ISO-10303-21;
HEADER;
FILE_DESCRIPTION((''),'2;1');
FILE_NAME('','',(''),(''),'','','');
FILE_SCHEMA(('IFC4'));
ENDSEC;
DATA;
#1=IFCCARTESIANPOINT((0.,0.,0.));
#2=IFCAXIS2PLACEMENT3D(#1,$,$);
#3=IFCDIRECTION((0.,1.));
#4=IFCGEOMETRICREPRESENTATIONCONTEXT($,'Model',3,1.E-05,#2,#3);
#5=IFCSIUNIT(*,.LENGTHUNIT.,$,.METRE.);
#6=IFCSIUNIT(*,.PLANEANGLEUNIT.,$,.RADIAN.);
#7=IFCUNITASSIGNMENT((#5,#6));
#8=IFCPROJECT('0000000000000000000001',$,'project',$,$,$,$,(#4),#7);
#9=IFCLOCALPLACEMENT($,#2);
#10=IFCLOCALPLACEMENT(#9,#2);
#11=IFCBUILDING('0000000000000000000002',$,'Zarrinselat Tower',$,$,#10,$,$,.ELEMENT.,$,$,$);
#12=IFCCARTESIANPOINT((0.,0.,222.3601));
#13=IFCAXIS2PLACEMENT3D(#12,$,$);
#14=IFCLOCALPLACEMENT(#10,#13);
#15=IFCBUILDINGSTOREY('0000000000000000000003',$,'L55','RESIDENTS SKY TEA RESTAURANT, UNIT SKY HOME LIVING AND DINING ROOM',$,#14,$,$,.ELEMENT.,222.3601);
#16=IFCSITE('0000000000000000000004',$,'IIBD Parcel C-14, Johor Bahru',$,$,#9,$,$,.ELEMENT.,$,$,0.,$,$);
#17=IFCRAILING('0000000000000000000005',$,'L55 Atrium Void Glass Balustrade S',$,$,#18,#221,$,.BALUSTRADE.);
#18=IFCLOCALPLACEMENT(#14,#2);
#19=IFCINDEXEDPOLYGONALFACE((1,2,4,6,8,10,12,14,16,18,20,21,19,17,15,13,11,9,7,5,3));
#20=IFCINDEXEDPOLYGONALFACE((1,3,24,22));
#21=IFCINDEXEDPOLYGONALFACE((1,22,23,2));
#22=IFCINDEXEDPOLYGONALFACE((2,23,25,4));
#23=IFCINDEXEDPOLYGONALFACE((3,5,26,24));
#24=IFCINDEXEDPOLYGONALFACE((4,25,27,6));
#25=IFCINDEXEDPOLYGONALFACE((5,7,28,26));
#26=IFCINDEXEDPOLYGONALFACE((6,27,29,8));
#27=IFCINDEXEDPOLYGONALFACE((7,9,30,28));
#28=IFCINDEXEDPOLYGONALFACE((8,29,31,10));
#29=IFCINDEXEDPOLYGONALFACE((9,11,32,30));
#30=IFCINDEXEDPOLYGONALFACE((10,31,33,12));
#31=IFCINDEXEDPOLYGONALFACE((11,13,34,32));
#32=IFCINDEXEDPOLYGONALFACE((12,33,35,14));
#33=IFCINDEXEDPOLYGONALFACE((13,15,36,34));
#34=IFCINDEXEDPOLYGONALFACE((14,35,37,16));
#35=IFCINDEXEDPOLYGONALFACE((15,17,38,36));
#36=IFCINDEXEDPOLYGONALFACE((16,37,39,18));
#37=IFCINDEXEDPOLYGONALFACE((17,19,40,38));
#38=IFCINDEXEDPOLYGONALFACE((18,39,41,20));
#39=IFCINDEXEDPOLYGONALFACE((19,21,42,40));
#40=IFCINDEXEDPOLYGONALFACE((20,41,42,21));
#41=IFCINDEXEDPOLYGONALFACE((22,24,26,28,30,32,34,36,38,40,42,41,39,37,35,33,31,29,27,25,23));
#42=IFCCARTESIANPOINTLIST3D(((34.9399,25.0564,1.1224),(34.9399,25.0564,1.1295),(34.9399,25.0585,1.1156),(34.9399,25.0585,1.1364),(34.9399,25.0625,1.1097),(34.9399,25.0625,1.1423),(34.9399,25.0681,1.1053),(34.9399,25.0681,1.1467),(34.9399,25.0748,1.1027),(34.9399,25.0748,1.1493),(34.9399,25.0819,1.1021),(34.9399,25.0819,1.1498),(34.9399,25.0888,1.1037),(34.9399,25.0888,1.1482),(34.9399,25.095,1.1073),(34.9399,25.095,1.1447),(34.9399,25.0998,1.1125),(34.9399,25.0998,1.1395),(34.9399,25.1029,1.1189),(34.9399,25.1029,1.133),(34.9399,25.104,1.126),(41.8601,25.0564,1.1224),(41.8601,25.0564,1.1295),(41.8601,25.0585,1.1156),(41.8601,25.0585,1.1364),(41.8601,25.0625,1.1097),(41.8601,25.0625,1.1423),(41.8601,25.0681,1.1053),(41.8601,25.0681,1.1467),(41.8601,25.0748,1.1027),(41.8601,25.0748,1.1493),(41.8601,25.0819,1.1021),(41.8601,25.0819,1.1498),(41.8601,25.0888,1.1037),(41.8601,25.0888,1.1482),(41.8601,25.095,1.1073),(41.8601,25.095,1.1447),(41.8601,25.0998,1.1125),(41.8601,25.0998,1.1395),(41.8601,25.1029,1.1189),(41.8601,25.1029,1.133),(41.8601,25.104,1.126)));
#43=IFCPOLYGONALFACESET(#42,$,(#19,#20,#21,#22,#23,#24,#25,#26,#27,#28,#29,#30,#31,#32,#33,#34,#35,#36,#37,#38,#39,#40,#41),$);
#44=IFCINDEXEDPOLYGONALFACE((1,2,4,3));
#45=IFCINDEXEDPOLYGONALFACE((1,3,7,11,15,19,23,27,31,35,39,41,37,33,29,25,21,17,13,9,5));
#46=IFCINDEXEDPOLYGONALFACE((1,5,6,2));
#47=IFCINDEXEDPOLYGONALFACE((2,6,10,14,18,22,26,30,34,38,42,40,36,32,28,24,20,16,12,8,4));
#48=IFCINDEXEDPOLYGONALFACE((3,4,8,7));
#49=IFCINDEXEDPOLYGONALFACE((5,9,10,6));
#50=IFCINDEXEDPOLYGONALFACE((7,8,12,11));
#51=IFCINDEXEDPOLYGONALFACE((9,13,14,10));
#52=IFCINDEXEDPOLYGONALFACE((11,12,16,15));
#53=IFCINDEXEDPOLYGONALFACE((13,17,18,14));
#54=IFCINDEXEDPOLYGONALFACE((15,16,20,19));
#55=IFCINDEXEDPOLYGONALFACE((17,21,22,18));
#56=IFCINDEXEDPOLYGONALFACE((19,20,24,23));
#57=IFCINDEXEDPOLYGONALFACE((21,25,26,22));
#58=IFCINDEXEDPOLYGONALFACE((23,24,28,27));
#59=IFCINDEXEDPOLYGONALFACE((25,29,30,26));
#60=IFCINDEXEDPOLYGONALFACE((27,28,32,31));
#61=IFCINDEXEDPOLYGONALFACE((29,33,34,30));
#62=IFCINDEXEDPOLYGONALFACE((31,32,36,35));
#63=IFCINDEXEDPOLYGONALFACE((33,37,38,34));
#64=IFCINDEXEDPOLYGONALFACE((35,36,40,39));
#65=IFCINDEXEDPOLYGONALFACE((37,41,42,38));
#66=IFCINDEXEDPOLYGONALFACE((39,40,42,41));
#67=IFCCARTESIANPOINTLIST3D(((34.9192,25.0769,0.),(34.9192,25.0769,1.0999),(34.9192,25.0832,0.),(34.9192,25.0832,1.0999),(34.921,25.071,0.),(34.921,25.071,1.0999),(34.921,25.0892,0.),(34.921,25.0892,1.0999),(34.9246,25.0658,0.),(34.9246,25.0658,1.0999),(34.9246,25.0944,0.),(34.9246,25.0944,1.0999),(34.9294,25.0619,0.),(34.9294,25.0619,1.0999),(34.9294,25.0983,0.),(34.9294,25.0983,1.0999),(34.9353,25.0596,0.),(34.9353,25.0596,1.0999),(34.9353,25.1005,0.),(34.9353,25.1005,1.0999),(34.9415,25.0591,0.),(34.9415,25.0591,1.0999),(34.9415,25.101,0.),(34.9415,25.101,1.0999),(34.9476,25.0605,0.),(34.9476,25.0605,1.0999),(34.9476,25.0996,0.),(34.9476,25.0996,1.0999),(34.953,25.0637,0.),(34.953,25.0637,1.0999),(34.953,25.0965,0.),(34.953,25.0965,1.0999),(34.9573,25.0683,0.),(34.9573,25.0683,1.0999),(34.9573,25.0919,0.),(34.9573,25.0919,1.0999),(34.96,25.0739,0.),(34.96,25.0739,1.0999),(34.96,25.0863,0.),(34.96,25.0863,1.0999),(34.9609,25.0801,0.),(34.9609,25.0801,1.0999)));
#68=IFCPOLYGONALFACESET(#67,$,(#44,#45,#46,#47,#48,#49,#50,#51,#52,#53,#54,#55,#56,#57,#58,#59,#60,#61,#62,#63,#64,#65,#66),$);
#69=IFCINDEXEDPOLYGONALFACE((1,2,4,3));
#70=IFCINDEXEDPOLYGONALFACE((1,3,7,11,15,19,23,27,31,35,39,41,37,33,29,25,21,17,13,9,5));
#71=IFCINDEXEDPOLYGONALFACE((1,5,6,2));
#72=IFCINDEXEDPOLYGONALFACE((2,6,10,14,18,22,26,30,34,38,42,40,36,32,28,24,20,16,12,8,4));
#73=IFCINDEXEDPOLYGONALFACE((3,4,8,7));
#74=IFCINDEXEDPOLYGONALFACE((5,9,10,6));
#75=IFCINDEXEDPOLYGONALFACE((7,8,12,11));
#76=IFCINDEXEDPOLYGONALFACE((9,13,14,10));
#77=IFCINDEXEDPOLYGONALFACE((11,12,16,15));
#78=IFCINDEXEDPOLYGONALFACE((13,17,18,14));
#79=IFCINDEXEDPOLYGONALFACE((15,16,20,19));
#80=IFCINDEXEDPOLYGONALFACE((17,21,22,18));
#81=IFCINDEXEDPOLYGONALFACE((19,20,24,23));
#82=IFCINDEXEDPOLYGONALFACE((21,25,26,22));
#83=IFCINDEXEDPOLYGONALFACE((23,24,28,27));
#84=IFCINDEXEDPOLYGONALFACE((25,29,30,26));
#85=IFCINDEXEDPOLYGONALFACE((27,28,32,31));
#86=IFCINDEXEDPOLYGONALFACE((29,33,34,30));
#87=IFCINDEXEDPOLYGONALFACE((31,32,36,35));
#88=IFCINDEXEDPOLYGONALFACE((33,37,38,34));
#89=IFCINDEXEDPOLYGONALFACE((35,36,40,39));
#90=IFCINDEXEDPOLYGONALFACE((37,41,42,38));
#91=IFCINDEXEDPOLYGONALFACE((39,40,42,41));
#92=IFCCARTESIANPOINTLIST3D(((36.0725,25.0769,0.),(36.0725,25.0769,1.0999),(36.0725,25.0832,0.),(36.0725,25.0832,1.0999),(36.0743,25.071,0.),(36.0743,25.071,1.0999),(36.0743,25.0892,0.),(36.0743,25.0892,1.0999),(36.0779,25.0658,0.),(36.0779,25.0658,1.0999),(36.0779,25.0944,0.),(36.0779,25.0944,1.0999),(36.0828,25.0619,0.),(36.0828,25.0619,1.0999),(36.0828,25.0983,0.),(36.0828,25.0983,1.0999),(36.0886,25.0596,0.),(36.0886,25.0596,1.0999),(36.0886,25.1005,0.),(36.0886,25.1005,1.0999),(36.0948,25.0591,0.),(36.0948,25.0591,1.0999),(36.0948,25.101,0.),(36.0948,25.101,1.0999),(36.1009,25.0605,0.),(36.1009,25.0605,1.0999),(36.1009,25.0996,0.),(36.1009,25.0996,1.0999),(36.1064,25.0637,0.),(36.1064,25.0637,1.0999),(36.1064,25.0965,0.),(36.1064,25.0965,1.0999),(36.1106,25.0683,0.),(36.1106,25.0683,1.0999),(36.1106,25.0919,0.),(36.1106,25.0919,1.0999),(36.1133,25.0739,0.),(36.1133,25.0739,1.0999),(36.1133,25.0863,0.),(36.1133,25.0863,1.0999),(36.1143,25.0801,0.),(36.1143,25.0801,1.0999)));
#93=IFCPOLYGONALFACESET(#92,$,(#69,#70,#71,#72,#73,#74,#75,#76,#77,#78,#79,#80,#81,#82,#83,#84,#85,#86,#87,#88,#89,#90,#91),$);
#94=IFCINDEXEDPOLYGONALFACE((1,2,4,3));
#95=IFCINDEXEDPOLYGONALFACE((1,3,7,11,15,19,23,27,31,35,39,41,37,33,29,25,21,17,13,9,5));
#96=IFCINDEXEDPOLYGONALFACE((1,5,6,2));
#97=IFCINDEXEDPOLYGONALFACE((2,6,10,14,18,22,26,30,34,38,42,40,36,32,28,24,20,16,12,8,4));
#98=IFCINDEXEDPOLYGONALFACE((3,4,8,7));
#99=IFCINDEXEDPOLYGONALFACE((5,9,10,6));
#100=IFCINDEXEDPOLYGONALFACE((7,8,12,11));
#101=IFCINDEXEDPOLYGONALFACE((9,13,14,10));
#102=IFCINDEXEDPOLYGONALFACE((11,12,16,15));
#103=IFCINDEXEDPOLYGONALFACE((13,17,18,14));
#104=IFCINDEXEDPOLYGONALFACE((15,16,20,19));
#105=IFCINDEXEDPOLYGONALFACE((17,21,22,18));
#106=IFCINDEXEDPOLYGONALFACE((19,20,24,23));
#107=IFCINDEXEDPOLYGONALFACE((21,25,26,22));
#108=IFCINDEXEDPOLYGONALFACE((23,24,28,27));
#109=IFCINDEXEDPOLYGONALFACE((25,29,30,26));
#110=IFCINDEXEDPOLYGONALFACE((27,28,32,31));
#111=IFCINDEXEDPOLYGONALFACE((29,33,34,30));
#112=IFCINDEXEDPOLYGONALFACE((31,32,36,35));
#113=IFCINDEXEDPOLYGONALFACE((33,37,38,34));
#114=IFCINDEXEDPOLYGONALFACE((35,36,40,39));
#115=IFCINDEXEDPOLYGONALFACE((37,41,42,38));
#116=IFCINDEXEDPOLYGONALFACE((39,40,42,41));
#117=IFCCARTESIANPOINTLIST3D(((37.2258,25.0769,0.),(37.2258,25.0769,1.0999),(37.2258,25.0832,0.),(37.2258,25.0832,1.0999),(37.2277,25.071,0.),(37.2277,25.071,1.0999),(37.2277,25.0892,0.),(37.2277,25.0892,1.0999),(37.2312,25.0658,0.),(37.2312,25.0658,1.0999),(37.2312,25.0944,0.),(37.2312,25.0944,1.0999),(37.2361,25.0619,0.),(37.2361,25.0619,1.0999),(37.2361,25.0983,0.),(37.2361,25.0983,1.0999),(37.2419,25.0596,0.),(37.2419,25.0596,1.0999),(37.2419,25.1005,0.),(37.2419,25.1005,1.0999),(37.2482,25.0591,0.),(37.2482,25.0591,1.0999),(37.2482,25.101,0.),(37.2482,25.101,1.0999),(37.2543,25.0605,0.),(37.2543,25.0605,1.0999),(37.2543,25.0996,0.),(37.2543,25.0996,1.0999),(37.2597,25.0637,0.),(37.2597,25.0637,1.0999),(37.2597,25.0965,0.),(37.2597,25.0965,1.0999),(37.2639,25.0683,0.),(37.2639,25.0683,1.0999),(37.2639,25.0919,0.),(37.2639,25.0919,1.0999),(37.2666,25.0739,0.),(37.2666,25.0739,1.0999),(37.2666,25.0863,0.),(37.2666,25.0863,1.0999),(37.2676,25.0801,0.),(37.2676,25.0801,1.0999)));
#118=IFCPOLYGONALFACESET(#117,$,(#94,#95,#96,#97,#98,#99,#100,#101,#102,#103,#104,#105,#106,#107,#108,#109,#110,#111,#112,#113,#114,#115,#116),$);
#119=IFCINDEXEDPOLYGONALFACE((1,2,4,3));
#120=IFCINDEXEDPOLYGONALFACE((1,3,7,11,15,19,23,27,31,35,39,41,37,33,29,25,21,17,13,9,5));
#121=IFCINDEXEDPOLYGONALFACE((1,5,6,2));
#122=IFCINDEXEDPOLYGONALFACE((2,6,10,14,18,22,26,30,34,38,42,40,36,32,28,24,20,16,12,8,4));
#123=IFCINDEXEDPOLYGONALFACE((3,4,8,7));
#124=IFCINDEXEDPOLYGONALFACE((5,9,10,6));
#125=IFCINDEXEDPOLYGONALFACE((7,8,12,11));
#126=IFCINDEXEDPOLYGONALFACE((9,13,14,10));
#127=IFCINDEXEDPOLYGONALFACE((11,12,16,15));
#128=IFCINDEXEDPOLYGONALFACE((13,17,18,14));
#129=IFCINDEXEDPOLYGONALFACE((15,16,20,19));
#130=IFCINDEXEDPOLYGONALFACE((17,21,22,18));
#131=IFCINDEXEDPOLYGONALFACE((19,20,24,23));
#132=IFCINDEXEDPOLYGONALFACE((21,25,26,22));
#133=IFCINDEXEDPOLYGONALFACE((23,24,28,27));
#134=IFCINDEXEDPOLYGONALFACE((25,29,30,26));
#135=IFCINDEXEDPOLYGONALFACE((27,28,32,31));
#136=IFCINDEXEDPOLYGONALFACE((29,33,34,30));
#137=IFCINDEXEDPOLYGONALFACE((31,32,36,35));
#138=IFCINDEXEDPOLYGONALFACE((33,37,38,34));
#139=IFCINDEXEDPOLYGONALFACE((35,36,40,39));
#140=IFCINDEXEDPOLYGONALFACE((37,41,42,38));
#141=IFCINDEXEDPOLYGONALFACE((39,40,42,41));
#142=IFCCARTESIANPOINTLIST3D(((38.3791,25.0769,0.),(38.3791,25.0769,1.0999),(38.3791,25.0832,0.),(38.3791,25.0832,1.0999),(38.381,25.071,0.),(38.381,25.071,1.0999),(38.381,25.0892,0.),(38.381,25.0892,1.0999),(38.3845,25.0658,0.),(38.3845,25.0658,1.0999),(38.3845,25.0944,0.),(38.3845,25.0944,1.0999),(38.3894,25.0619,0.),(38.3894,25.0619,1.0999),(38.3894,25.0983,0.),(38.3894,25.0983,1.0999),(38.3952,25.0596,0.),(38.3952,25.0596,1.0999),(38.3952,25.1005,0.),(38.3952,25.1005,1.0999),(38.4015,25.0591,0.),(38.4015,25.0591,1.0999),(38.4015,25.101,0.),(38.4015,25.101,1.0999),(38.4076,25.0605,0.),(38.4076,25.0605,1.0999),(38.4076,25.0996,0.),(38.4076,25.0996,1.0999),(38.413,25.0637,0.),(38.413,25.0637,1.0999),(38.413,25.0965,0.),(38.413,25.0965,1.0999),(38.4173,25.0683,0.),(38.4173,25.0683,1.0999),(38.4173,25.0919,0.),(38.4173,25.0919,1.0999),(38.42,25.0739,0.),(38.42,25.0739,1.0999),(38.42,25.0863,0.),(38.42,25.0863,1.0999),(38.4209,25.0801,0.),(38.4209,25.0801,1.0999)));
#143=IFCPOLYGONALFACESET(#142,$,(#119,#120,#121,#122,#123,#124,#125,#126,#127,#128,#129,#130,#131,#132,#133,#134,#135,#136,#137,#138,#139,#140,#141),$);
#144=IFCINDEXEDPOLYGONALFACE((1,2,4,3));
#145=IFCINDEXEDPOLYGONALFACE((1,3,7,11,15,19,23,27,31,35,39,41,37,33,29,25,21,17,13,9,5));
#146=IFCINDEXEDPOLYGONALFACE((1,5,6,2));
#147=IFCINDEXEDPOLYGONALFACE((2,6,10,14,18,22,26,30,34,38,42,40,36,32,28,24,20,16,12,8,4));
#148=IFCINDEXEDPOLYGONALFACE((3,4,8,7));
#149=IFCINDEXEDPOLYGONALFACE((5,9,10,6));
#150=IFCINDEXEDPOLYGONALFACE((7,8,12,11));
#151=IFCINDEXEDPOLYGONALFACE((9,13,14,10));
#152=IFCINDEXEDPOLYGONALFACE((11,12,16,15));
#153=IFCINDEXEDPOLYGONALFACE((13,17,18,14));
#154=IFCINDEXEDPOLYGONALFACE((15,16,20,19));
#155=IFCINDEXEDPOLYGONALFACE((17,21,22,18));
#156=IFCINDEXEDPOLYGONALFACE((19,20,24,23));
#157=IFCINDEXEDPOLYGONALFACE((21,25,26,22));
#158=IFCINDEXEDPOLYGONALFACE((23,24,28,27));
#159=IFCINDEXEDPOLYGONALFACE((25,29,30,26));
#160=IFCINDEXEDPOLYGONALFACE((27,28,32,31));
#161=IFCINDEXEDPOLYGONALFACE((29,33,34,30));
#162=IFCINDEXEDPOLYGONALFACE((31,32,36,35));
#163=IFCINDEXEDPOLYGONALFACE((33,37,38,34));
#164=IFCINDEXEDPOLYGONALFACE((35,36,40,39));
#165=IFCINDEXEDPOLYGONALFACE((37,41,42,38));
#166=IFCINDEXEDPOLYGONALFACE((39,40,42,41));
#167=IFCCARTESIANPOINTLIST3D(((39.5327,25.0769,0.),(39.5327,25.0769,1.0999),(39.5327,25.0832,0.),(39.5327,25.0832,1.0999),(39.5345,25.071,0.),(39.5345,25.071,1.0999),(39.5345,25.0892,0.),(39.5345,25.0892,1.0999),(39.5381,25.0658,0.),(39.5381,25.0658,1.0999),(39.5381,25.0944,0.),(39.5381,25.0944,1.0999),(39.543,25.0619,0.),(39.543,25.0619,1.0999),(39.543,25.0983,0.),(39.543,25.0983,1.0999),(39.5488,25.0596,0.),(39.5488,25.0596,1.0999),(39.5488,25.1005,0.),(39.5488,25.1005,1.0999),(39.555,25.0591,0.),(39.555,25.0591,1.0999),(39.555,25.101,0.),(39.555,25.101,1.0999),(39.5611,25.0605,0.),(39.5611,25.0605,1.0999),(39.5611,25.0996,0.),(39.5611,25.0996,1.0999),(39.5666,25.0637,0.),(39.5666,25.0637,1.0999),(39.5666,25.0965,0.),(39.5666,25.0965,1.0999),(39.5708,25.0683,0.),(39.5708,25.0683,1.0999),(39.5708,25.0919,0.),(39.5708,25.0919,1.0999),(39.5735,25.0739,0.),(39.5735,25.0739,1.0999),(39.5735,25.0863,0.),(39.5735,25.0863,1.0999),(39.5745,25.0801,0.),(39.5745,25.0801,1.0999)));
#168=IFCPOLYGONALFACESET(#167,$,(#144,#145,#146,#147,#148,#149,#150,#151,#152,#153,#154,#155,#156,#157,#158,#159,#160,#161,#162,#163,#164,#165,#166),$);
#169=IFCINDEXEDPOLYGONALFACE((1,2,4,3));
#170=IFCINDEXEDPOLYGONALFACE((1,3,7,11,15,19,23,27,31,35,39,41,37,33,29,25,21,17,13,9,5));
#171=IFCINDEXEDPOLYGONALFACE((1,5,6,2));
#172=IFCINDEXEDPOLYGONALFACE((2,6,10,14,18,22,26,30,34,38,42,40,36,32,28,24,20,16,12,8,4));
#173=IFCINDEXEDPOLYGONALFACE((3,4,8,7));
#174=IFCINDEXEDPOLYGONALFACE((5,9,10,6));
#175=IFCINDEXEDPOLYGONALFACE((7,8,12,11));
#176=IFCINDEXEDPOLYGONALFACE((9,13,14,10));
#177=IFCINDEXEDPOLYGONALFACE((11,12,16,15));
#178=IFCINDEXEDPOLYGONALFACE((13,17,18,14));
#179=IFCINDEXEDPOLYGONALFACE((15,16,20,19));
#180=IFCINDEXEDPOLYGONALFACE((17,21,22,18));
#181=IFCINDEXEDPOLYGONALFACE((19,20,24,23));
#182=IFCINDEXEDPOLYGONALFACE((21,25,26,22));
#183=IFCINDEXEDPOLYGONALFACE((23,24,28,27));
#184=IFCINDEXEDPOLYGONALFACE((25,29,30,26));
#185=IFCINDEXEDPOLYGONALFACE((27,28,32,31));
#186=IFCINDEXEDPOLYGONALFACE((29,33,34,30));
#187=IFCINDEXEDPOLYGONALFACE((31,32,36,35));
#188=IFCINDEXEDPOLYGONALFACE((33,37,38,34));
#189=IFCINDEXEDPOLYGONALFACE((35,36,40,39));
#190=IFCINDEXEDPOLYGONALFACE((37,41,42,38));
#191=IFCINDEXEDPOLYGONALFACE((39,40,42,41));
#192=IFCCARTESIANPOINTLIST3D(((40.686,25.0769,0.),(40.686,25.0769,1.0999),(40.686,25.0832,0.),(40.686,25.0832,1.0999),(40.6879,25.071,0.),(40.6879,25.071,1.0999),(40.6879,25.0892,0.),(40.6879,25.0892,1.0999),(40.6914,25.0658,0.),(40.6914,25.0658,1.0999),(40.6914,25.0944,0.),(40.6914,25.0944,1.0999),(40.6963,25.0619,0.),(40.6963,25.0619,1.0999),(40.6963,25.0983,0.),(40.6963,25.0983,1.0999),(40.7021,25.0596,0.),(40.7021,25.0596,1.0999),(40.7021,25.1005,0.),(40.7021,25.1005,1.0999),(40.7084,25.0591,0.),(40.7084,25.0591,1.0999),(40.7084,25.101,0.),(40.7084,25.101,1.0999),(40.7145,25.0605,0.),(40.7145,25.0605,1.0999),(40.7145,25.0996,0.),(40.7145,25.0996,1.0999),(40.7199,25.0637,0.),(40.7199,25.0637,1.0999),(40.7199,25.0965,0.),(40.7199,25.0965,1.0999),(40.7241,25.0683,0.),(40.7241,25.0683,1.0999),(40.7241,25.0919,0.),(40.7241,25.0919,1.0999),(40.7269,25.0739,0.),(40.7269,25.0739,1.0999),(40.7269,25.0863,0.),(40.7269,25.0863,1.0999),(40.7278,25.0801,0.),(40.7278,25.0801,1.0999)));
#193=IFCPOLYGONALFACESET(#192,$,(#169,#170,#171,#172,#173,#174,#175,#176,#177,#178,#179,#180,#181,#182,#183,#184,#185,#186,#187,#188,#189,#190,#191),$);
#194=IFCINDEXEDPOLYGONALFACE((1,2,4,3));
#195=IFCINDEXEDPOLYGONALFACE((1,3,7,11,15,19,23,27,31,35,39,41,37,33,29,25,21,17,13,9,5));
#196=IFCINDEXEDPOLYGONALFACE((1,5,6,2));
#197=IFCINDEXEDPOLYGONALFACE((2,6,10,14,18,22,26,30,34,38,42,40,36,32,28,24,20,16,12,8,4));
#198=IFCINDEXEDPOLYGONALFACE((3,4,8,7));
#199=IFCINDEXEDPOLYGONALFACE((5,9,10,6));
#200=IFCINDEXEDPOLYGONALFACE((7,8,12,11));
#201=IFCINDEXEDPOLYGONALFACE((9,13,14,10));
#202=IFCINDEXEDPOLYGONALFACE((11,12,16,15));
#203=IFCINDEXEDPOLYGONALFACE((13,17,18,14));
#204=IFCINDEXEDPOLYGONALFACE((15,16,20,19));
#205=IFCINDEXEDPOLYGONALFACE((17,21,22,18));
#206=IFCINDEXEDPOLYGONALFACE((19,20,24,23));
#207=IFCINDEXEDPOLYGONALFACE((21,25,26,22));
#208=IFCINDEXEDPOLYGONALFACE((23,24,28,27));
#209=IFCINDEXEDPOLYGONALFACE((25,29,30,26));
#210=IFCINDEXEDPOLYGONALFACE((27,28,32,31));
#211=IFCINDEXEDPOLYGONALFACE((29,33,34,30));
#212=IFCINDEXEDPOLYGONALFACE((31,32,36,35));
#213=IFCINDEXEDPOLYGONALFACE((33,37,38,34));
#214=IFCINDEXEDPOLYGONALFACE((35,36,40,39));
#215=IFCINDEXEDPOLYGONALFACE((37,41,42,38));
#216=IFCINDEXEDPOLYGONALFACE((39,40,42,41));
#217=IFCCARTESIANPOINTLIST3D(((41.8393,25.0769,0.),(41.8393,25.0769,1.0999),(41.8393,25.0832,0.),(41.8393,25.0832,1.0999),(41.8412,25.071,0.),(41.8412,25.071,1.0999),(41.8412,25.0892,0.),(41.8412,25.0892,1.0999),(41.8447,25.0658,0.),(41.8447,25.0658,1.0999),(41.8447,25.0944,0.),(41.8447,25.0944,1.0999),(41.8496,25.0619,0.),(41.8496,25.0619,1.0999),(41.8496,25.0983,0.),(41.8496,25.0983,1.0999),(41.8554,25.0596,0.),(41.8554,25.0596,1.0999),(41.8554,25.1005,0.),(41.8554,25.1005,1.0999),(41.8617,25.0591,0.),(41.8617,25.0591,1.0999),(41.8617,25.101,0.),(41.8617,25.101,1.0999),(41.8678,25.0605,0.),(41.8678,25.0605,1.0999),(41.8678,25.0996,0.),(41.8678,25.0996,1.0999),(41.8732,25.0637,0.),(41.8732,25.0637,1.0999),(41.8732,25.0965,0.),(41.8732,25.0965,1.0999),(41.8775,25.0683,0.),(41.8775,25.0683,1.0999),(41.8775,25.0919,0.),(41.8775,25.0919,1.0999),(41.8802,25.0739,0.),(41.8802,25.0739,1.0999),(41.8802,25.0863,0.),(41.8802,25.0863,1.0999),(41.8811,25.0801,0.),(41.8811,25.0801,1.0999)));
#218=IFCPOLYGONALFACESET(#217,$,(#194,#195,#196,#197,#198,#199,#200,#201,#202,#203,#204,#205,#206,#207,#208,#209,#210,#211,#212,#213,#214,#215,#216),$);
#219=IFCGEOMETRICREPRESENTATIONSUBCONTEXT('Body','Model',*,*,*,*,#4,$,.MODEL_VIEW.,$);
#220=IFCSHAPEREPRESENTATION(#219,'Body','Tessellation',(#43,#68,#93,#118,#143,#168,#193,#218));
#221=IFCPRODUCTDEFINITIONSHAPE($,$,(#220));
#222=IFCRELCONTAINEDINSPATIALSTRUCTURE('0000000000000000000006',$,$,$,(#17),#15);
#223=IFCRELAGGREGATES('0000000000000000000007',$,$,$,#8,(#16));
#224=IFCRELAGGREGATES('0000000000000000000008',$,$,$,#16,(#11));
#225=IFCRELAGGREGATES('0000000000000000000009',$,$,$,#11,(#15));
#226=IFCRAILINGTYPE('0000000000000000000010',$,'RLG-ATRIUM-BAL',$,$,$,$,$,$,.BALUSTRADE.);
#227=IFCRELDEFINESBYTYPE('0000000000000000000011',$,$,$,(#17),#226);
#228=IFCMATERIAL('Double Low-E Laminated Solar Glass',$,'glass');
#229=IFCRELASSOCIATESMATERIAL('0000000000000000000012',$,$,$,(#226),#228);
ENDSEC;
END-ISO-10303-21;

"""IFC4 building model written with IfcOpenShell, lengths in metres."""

from ifc_helpers import new_model, si_unit, direction, frame, origin, origin_2d, place, context, subcontext, project, spatial, circle, extrude, material, type_object, element, save


model = new_model("IFC4")

# Units and contexts
model_context = context("Model", 3, precision=1e-05, world=origin(), true_north=direction((0.0, 1.0)))
body_context = subcontext(model_context, "Body", "Model", "MODEL_VIEW")
ifc_project = project(units=[si_unit("LENGTHUNIT", "METRE"), si_unit("PLANEANGLEUNIT", "RADIAN")], contexts=[model_context])

# Site, building, storey
site_placement = place(None, origin())
site = spatial("IfcSite", under=ifc_project, at=site_placement, Name="IIBD Parcel C-14, Johor Bahru", CompositionType="ELEMENT", RefElevation=0.0)
building_placement = place(site_placement, origin())
building = spatial("IfcBuilding", under=site, at=building_placement, Name="Zarrinselat Tower", CompositionType="ELEMENT")
storey_placement = place(building_placement, frame((0.0, 0.0, 222.3601)))
storey = spatial("IfcBuildingStorey", under=building, at=storey_placement, Name="L55", Description="RESIDENTS SKY TEA RESTAURANT, UNIT SKY HOME LIVING AND DINING ROOM", CompositionType="ELEMENT", Elevation=222.3601)

# Railing
ifc_material_1 = material(Name="Double Low-E Laminated Solar Glass", Category="glass")
railing_type = type_object("IfcRailingType", Name="RLG-ATRIUM-BAL", PredefinedType="BALUSTRADE", material=ifc_material_1)
railing_placement = place(storey_placement, frame((34.9399, 25.0801, 0.0)))
element("IfcRailing", 1, at=railing_placement, inside=storey, type_object=railing_type, Name="L55 Atrium Void Glass Balustrade S", PredefinedType="BALUSTRADE", context=body_context, shape_type="SweptSolid", body=[
    extrude(circle(Radius=0.0239, at=origin_2d()), frame((0.0, 0.0, 1.126), z_axis=(1.0, 0.0, 0.0), x_axis=(0.0, 1.0, 0.0)), (0.0, 0.0, 1.0), 6.9202),
    extrude(circle(Radius=0.021, at=origin_2d()), origin(), (0.0, 0.0, 1.0), 1.0999),
    extrude(circle(Radius=0.021, at=origin_2d()), frame((1.1533, 0.0, 0.0)), (0.0, 0.0, 1.0), 1.0999),
    extrude(circle(Radius=0.021, at=origin_2d()), frame((2.3066, 0.0, 0.0)), (0.0, 0.0, 1.0), 1.0999),
    extrude(circle(Radius=0.021, at=origin_2d()), frame((3.46, 0.0, 0.0)), (0.0, 0.0, 1.0), 1.0999),
    extrude(circle(Radius=0.021, at=origin_2d()), frame((4.6135, 0.0, 0.0)), (0.0, 0.0, 1.0), 1.0999),
    extrude(circle(Radius=0.021, at=origin_2d()), frame((5.7668, 0.0, 0.0)), (0.0, 0.0, 1.0), 1.0999),
    extrude(circle(Radius=0.021, at=origin_2d()), frame((6.9202, 0.0, 0.0)), (0.0, 0.0, 1.0), 1.0999),
])

save(model, "model.ifc")
